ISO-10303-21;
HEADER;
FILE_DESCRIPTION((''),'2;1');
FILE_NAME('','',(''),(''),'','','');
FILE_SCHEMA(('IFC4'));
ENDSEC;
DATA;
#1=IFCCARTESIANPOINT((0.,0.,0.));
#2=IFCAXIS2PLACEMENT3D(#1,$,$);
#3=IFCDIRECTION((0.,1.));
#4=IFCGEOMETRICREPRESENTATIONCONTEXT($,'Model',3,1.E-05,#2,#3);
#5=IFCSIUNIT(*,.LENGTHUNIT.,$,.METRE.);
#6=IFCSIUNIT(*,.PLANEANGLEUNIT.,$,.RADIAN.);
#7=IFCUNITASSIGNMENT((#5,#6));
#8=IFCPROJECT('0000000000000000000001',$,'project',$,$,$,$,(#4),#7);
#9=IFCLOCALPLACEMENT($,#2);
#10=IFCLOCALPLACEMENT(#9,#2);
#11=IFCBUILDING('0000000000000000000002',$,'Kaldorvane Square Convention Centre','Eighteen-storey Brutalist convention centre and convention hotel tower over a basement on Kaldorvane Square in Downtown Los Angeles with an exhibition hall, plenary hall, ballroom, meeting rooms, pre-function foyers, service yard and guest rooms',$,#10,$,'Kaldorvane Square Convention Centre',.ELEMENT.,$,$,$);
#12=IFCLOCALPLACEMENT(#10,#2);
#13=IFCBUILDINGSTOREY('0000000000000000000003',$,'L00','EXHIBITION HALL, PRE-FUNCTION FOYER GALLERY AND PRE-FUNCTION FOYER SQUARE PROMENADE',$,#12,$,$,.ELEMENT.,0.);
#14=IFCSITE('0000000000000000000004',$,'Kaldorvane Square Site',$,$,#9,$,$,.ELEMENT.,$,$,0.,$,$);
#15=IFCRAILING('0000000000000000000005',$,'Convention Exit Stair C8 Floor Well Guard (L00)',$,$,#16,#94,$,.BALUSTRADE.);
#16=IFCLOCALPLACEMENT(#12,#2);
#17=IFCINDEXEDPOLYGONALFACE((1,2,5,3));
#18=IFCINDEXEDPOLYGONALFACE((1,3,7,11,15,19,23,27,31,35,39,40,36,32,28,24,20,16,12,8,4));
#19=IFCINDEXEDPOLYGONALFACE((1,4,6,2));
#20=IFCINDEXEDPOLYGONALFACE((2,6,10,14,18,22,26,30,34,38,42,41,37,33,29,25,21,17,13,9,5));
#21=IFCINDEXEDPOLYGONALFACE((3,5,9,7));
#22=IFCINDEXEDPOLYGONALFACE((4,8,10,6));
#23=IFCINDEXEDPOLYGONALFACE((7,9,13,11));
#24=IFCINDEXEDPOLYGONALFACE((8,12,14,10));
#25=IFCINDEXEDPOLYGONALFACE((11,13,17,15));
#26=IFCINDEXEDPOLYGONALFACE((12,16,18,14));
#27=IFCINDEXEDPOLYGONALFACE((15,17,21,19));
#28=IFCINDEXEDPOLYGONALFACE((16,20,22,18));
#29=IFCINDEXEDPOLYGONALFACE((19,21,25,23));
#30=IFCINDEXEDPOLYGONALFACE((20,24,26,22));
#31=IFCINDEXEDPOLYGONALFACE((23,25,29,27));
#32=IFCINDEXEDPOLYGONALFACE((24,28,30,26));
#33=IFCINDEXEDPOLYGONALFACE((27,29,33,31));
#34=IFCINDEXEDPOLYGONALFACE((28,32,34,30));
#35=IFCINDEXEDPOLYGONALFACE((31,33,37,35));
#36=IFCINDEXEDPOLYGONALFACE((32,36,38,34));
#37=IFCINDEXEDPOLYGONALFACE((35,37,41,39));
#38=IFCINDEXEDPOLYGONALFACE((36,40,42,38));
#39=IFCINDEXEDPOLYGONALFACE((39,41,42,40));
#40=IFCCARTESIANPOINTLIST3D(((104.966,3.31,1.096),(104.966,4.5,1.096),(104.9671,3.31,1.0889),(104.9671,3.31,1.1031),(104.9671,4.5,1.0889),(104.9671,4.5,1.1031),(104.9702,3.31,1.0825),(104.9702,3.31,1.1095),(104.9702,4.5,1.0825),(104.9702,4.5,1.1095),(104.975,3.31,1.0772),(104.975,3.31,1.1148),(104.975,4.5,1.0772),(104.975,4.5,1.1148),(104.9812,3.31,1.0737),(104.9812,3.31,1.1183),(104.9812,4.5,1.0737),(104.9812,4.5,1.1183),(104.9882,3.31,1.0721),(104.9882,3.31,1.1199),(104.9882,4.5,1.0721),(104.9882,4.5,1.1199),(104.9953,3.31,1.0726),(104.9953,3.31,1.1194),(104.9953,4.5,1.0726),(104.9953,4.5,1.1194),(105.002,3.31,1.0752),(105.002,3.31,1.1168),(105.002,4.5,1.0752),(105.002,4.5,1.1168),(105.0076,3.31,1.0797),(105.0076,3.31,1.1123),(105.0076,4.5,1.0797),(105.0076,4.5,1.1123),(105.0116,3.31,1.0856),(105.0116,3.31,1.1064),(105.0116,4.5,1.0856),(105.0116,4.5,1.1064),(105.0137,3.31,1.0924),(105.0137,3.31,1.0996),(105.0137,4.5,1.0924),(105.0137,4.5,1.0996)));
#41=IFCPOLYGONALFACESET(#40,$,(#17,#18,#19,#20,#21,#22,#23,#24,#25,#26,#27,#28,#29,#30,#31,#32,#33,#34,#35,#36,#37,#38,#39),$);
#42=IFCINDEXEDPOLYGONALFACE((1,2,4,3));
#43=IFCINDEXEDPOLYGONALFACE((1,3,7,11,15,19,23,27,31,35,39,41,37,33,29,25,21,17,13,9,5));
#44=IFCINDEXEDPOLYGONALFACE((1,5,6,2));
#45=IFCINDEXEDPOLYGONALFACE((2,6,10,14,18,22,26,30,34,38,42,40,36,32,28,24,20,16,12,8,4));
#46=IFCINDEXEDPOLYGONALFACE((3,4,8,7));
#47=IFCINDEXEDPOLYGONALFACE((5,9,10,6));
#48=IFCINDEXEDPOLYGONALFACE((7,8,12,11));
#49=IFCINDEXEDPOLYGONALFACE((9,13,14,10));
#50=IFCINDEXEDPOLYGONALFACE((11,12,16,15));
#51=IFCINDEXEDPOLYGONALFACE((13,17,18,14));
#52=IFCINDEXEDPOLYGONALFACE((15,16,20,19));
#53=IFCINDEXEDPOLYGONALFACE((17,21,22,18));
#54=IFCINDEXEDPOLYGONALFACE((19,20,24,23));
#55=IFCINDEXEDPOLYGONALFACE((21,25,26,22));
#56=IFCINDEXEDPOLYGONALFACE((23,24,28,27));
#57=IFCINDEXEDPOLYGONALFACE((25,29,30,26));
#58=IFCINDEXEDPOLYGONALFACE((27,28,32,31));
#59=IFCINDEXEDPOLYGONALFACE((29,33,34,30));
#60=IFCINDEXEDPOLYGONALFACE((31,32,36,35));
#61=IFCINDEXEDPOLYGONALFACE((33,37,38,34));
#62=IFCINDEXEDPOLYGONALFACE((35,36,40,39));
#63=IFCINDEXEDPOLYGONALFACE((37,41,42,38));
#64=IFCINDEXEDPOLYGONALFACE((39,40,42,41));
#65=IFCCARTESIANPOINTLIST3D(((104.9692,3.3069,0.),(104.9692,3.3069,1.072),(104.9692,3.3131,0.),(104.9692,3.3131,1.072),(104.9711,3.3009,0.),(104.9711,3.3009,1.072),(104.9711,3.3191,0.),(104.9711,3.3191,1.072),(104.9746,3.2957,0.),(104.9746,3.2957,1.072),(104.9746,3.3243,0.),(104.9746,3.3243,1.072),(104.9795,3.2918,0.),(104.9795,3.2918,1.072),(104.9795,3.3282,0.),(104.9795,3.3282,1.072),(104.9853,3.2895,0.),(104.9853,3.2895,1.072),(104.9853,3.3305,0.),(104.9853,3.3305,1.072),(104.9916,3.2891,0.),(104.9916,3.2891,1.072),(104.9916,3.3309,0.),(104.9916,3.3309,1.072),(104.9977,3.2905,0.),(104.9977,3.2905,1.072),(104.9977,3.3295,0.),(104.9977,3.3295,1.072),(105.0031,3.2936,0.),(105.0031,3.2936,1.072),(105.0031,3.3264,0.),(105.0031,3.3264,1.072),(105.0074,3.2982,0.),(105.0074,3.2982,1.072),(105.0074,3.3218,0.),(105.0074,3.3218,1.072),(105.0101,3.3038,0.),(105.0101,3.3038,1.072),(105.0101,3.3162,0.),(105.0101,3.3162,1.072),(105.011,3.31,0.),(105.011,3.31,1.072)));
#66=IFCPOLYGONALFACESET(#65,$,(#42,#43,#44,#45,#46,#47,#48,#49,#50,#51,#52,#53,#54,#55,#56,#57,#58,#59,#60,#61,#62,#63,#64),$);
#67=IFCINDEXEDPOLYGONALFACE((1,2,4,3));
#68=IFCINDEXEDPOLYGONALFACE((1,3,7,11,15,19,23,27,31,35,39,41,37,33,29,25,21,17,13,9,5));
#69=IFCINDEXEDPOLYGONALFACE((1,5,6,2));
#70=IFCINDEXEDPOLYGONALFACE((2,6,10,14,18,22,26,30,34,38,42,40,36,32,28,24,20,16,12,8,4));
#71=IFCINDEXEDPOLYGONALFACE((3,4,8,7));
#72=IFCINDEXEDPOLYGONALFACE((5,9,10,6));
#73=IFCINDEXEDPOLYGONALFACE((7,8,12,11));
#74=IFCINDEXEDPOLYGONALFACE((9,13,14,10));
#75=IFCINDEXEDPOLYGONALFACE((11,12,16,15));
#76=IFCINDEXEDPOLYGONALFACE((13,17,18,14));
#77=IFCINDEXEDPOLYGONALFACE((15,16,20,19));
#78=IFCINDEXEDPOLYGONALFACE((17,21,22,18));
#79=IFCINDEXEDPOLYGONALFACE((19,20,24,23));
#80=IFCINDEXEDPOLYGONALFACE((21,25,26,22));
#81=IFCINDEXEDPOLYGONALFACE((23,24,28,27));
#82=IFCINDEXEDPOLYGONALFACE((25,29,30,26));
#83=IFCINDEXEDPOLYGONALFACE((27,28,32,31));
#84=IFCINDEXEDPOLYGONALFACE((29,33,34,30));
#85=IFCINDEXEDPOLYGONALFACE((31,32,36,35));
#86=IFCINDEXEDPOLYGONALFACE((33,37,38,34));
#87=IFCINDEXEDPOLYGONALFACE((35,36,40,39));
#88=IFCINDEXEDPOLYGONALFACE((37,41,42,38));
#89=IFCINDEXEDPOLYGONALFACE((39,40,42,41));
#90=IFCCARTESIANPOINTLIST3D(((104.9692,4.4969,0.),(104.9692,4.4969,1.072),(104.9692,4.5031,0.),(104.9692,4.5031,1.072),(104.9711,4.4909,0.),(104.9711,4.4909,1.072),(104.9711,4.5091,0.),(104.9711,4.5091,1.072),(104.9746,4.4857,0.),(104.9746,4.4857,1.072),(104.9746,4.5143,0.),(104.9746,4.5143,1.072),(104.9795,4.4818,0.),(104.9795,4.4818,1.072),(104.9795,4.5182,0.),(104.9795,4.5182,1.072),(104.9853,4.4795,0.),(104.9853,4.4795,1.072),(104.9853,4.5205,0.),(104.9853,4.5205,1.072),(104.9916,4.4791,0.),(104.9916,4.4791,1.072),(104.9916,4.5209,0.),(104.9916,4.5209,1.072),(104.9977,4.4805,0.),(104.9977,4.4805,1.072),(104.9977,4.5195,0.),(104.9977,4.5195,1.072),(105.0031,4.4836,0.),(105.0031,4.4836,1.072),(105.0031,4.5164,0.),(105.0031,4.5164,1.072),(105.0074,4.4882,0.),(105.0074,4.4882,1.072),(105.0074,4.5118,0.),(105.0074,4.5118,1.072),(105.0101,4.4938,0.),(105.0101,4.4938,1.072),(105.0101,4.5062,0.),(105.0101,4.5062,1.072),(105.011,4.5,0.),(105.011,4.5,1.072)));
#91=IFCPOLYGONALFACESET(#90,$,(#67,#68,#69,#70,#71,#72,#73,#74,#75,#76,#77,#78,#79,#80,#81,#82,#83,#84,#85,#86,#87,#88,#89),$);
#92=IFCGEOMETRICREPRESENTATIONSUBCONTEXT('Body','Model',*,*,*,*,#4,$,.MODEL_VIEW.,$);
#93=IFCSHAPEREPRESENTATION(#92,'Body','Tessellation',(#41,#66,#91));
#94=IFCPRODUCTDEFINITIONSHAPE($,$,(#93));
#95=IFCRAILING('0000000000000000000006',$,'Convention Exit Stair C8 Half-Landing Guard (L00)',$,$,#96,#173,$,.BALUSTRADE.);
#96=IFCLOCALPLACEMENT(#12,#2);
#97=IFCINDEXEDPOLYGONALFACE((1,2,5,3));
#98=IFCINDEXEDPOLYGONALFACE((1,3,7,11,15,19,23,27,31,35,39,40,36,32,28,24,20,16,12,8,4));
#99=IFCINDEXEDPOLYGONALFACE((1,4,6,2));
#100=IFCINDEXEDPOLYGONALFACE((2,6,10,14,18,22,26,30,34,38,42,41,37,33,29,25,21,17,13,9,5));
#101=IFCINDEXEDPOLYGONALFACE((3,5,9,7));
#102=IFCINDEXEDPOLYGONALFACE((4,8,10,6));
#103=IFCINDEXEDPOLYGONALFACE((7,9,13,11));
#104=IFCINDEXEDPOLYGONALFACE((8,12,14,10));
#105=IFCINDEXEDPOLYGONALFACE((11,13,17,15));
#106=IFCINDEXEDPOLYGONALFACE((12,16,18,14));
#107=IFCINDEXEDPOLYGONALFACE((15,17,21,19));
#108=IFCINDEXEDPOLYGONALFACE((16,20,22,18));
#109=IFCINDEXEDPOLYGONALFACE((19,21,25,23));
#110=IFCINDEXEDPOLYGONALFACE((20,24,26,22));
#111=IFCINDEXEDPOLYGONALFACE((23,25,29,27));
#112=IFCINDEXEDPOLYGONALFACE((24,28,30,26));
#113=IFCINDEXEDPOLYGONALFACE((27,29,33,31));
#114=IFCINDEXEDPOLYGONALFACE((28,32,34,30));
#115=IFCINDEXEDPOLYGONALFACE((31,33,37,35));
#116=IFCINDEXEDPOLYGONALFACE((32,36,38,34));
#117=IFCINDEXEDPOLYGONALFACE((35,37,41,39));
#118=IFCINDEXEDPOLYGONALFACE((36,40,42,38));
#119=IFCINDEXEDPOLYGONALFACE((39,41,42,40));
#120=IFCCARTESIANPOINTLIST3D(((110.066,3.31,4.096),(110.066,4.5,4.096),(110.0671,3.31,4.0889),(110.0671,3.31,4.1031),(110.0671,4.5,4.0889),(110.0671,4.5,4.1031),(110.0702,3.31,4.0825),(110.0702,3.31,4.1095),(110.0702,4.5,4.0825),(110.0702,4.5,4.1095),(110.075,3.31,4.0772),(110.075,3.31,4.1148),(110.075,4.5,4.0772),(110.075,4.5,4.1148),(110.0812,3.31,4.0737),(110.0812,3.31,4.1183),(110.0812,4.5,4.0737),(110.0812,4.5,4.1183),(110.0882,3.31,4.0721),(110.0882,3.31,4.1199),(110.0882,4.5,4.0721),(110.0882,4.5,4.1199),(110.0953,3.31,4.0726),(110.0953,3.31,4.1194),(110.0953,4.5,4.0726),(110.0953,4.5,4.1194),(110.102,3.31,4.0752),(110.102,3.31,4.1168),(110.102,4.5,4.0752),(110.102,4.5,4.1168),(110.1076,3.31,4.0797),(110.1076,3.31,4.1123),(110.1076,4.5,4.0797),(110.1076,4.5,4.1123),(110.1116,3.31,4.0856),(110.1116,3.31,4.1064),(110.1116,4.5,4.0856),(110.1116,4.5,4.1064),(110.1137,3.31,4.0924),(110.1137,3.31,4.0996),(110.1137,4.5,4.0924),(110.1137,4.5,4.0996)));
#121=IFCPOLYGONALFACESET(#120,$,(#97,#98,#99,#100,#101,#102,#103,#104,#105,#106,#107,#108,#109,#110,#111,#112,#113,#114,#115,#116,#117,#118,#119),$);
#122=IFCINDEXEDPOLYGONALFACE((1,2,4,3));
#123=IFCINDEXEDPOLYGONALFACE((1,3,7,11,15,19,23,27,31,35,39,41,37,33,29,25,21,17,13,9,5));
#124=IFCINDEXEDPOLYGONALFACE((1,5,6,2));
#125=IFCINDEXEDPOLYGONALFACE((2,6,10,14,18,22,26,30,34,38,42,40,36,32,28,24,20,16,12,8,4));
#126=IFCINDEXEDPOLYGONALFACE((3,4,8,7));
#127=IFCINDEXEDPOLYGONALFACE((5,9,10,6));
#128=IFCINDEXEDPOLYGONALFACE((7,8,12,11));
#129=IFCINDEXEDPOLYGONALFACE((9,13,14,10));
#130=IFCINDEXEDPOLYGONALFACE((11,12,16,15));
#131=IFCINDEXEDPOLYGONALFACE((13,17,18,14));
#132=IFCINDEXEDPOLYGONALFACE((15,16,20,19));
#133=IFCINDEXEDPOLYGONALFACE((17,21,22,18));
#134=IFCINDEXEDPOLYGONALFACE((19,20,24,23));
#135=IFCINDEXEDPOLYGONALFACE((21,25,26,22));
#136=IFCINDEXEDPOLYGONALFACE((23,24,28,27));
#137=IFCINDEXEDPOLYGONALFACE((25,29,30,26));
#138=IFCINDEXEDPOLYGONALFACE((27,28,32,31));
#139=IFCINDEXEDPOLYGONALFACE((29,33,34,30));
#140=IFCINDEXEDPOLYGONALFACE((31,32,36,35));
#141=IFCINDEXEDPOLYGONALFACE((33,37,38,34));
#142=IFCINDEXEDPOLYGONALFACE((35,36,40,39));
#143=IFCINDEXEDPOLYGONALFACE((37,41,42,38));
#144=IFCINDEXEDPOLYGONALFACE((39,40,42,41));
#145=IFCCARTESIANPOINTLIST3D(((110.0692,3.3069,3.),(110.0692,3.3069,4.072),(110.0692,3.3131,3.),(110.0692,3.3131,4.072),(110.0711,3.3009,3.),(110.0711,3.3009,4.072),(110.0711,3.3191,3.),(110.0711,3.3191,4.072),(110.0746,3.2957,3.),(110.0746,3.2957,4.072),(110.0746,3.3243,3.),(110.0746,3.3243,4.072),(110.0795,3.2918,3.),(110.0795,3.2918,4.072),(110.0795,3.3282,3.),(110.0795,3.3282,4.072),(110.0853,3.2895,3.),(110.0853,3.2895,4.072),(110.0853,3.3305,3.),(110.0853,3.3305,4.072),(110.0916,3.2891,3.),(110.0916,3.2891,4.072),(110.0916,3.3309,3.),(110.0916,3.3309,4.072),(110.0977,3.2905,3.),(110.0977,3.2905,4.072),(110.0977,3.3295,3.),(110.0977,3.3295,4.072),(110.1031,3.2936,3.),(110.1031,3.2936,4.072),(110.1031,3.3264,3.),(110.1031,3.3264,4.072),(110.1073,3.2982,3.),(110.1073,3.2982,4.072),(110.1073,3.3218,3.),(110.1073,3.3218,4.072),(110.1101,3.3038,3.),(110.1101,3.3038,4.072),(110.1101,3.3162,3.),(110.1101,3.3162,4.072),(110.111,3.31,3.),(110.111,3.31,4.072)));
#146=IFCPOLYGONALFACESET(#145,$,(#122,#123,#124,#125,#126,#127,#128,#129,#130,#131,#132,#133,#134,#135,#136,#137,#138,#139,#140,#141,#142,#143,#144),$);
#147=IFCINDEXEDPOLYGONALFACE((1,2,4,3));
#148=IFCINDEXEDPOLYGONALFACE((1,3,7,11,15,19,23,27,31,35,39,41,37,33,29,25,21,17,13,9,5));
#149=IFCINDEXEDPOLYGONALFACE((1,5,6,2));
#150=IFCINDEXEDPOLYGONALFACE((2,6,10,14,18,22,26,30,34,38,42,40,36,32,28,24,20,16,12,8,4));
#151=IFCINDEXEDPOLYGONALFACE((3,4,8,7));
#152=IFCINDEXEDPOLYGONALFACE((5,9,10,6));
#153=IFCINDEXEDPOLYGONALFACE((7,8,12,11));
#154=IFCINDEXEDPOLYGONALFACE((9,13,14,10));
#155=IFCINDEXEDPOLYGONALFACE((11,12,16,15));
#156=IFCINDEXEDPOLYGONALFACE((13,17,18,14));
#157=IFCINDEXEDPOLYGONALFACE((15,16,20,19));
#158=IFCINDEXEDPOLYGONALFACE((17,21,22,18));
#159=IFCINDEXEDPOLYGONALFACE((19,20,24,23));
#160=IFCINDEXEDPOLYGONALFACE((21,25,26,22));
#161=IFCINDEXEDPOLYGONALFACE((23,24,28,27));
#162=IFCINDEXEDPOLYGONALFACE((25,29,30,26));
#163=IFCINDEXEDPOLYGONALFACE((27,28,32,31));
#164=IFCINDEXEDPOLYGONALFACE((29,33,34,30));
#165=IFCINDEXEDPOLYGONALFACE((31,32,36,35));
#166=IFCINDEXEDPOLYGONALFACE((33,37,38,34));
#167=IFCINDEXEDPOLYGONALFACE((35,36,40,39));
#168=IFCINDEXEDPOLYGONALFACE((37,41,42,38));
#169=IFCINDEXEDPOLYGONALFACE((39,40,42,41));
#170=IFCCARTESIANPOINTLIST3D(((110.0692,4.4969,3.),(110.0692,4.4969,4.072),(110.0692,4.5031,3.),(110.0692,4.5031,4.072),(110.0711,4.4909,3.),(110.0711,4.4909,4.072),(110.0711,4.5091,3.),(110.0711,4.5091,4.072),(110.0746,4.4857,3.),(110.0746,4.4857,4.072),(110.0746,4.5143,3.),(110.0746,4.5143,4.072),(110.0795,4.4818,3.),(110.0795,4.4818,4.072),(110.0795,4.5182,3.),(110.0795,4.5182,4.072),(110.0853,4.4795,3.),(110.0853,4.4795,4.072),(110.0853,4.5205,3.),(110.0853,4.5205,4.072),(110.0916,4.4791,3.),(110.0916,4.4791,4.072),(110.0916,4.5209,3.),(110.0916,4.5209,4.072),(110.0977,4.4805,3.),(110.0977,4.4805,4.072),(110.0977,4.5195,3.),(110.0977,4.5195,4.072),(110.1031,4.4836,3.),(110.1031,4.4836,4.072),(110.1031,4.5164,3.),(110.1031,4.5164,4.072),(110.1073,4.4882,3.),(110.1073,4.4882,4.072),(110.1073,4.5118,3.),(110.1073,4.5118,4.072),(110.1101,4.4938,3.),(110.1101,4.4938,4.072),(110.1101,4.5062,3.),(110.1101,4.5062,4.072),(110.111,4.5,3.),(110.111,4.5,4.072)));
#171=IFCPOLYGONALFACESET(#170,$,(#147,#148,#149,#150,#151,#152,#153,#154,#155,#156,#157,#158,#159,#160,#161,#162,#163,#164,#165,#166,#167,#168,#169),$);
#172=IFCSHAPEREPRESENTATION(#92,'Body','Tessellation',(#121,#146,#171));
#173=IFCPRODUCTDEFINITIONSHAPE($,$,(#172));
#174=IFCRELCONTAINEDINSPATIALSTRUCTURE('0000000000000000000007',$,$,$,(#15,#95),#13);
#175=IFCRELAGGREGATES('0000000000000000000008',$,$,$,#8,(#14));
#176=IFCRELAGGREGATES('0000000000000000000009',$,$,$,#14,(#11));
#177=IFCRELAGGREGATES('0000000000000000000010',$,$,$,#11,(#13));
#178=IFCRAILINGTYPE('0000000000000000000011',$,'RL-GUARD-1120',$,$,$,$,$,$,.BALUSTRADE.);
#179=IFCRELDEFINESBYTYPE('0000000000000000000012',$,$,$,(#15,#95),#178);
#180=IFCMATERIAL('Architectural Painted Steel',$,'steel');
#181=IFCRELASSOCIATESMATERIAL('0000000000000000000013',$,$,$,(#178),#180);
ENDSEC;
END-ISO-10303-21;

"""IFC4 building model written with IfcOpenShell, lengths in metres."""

from ifc_helpers import new_model, si_unit, direction, frame, origin, origin_2d, place, context, subcontext, project, spatial, circle, extrude, material, type_object, element, save


model = new_model("IFC4")

# Units and contexts
model_context = context("Model", 3, precision=1e-05, world=origin(), true_north=direction((0.0, 1.0)))
body_context = subcontext(model_context, "Body", "Model", "MODEL_VIEW")
ifc_project = project(units=[si_unit("LENGTHUNIT", "METRE"), si_unit("PLANEANGLEUNIT", "RADIAN")], contexts=[model_context])

# Site, building, storey
site_placement = place(None, origin())
site = spatial("IfcSite", under=ifc_project, at=site_placement, Name="Kaldorvane Square Site", CompositionType="ELEMENT", RefElevation=0.0)
building_placement = place(site_placement, origin())
building = spatial("IfcBuilding", under=site, at=building_placement, Name="Kaldorvane Square Convention Centre", Description="Eighteen-storey Brutalist convention centre and convention hotel tower over a basement on Kaldorvane Square in Downtown Los Angeles with an exhibition hall, plenary hall, ballroom, meeting rooms, pre-function foyers, service yard and guest rooms", LongName="Kaldorvane Square Convention Centre", CompositionType="ELEMENT")
storey_placement = place(building_placement, origin())
storey = spatial("IfcBuildingStorey", under=building, at=storey_placement, Name="L00", Description="EXHIBITION HALL, PRE-FUNCTION FOYER GALLERY AND PRE-FUNCTION FOYER SQUARE PROMENADE", CompositionType="ELEMENT", Elevation=0.0)

# Railings
ifc_material_1 = material(Name="Architectural Painted Steel", Category="steel")
railing_type_1 = type_object("IfcRailingType", Name="RL-GUARD-1120", PredefinedType="BALUSTRADE", material=ifc_material_1)
for number, where, name in (
    (1, (104.99, 3.31, 0.0), "Convention Exit Stair C8 Floor Well Guard (L00)"),
    (2, (110.09, 3.31, 3.0), "Convention Exit Stair C8 Half-Landing Guard (L00)"),
):
    element("IfcRailing", number, at=place(storey_placement, frame(where)), inside=storey, type_object=railing_type_1, Name=name, PredefinedType="BALUSTRADE", context=body_context, shape_type="SweptSolid", body=[
        extrude(circle(Radius=0.024, at=origin_2d()), frame((0.0, 0.0, 1.096), z_axis=(0.0, 1.0, 0.0), x_axis=(-1.0, 0.0, 0.0)), (0.0, 0.0, 1.0), 1.19),
        extrude(circle(Radius=0.021, at=origin_2d()), origin(), (0.0, 0.0, 1.0), 1.072),
        extrude(circle(Radius=0.021, at=origin_2d()), frame((0.0, 1.19, 0.0)), (0.0, 0.0, 1.0), 1.072),
    ])

save(model, "model.ifc")
